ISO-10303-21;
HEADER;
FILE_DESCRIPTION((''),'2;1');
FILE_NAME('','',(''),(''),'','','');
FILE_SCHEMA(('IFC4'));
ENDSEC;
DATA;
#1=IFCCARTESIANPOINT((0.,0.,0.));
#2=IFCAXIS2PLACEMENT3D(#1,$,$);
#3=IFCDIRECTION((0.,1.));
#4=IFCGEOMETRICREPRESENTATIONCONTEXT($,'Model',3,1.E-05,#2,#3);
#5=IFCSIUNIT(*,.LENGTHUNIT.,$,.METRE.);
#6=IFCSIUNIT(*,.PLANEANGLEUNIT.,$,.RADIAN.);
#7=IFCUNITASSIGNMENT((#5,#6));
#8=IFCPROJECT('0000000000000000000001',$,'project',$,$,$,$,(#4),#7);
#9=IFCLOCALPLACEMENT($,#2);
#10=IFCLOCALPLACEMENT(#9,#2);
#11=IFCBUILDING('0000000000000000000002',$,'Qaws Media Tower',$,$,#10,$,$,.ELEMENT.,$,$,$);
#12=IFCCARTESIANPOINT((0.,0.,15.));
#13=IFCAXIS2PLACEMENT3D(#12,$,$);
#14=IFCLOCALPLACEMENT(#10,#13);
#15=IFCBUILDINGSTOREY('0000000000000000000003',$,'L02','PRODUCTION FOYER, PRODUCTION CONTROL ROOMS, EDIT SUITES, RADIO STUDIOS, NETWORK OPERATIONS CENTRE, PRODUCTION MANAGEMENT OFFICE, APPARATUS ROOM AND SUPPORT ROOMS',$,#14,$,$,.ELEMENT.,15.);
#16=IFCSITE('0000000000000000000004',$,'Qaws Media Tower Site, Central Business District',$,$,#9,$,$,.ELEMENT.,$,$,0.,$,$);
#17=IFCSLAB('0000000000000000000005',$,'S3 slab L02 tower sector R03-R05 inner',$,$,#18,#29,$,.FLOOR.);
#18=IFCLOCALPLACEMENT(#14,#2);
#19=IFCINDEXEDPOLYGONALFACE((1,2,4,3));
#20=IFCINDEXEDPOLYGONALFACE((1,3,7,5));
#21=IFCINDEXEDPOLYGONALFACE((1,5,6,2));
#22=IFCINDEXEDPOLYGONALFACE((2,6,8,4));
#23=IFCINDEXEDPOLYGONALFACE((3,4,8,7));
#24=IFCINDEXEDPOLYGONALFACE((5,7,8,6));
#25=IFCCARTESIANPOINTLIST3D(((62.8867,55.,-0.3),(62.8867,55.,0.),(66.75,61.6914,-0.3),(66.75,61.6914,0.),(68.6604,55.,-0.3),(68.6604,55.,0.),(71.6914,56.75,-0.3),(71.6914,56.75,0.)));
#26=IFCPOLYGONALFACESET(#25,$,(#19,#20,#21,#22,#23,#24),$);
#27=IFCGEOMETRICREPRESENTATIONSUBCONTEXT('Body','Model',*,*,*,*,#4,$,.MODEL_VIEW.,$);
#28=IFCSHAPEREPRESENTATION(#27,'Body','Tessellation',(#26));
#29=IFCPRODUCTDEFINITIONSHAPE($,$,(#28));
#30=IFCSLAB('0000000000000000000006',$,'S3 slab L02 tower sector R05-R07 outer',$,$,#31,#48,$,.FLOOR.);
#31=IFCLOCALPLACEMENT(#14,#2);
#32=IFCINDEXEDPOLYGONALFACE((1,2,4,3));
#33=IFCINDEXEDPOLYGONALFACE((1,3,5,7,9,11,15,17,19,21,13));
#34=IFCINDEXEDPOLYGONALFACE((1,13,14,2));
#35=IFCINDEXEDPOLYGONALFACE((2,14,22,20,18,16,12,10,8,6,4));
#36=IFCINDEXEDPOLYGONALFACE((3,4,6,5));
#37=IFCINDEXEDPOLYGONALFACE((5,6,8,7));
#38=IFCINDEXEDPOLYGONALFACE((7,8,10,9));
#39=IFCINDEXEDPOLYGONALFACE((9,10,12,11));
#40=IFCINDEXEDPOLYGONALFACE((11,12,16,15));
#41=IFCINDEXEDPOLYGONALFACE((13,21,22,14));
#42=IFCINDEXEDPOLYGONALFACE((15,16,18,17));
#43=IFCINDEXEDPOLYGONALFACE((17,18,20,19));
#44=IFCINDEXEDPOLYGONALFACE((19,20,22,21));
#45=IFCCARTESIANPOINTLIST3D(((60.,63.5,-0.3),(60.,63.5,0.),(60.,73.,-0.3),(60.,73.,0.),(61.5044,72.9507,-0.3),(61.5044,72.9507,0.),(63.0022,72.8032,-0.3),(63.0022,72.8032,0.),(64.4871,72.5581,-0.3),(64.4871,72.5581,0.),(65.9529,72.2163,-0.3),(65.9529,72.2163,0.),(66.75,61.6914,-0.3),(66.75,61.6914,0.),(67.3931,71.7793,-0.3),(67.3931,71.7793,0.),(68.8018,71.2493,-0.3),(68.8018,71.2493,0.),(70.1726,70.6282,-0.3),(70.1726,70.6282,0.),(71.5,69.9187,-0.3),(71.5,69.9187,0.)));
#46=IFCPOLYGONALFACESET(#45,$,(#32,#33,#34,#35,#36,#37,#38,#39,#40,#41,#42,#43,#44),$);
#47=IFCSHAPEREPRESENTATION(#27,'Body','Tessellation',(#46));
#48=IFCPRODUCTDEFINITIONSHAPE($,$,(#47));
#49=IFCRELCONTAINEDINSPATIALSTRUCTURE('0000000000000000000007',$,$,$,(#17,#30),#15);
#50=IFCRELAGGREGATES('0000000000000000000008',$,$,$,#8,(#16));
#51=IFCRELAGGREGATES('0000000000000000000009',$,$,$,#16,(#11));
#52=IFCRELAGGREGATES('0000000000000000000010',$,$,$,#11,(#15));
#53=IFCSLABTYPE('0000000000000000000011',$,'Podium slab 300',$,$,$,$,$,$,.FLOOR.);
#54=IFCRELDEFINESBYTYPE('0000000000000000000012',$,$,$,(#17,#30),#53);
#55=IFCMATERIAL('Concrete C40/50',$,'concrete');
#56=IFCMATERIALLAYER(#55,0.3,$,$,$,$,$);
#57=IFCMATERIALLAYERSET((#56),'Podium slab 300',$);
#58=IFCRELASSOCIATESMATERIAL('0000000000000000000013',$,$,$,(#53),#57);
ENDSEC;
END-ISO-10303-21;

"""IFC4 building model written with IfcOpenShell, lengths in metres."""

from ifc_helpers import new_model, si_unit, direction, frame, origin, place, context, subcontext, project, spatial, polyline, outline, extrude, material, layer, layer_set, type_object, element, save


model = new_model("IFC4")

# Units and contexts
model_context = context("Model", 3, precision=1e-05, world=origin(), true_north=direction((0.0, 1.0)))
body_context = subcontext(model_context, "Body", "Model", "MODEL_VIEW")
ifc_project = project(units=[si_unit("LENGTHUNIT", "METRE"), si_unit("PLANEANGLEUNIT", "RADIAN")], contexts=[model_context])

# Site, building, storey
site_placement = place(None, origin())
site = spatial("IfcSite", under=ifc_project, at=site_placement, Name="Qaws Media Tower Site, Central Business District", CompositionType="ELEMENT", RefElevation=0.0)
building_placement = place(site_placement, origin())
building = spatial("IfcBuilding", under=site, at=building_placement, Name="Qaws Media Tower", CompositionType="ELEMENT")
storey_placement = place(building_placement, frame((0.0, 0.0, 15.0)))
storey = spatial("IfcBuildingStorey", under=building, at=storey_placement, Name="L02", Description="PRODUCTION FOYER, PRODUCTION CONTROL ROOMS, EDIT SUITES, RADIO STUDIOS, NETWORK OPERATIONS CENTRE, PRODUCTION MANAGEMENT OFFICE, APPARATUS ROOM AND SUPPORT ROOMS", CompositionType="ELEMENT", Elevation=15.0)

# Slabs
ifc_material = material(Name="Concrete C40/50", Category="concrete")
ifc_layer = layer(ifc_material, 0.3)
ifc_layer_set = layer_set([ifc_layer], Name="Podium slab 300")
slab_type = type_object("IfcSlabType", Name="Podium slab 300", PredefinedType="FLOOR", material=ifc_layer_set)
slab_1_placement = place(storey_placement, frame((0.0, 0.0, -0.3)))
element("IfcSlab", 1, at=slab_1_placement, inside=storey, type_object=slab_type, Name="S3 slab L02 tower sector R03-R05 inner", PredefinedType="FLOOR", context=body_context, shape_type="SweptSolid", body=[
    extrude(outline(polyline([(68.6604, 55.0), (62.8867, 55.0), (66.75, 61.6914), (71.6914, 56.75), (68.6604, 55.0)])), origin(), (0.0, 0.0, 1.0), 0.3),
])
slab_2_placement = place(storey_placement, frame((0.0, 0.0, -0.3)))
element("IfcSlab", 2, at=slab_2_placement, inside=storey, type_object=slab_type, Name="S3 slab L02 tower sector R05-R07 outer", PredefinedType="FLOOR", context=body_context, shape_type="SweptSolid", body=[
    extrude(outline(polyline([(68.8018, 71.2493), (70.1726, 70.6282), (71.5, 69.9187), (66.75, 61.6914), (60.0, 63.5), (60.0, 73.0), (61.5044, 72.9507), (63.0022, 72.8032), (64.4871, 72.5581), (65.9529, 72.2163), (67.3931, 71.7793), (68.8018, 71.2493)])), origin(), (0.0, 0.0, 1.0), 0.3),
])

save(model, "model.ifc")
